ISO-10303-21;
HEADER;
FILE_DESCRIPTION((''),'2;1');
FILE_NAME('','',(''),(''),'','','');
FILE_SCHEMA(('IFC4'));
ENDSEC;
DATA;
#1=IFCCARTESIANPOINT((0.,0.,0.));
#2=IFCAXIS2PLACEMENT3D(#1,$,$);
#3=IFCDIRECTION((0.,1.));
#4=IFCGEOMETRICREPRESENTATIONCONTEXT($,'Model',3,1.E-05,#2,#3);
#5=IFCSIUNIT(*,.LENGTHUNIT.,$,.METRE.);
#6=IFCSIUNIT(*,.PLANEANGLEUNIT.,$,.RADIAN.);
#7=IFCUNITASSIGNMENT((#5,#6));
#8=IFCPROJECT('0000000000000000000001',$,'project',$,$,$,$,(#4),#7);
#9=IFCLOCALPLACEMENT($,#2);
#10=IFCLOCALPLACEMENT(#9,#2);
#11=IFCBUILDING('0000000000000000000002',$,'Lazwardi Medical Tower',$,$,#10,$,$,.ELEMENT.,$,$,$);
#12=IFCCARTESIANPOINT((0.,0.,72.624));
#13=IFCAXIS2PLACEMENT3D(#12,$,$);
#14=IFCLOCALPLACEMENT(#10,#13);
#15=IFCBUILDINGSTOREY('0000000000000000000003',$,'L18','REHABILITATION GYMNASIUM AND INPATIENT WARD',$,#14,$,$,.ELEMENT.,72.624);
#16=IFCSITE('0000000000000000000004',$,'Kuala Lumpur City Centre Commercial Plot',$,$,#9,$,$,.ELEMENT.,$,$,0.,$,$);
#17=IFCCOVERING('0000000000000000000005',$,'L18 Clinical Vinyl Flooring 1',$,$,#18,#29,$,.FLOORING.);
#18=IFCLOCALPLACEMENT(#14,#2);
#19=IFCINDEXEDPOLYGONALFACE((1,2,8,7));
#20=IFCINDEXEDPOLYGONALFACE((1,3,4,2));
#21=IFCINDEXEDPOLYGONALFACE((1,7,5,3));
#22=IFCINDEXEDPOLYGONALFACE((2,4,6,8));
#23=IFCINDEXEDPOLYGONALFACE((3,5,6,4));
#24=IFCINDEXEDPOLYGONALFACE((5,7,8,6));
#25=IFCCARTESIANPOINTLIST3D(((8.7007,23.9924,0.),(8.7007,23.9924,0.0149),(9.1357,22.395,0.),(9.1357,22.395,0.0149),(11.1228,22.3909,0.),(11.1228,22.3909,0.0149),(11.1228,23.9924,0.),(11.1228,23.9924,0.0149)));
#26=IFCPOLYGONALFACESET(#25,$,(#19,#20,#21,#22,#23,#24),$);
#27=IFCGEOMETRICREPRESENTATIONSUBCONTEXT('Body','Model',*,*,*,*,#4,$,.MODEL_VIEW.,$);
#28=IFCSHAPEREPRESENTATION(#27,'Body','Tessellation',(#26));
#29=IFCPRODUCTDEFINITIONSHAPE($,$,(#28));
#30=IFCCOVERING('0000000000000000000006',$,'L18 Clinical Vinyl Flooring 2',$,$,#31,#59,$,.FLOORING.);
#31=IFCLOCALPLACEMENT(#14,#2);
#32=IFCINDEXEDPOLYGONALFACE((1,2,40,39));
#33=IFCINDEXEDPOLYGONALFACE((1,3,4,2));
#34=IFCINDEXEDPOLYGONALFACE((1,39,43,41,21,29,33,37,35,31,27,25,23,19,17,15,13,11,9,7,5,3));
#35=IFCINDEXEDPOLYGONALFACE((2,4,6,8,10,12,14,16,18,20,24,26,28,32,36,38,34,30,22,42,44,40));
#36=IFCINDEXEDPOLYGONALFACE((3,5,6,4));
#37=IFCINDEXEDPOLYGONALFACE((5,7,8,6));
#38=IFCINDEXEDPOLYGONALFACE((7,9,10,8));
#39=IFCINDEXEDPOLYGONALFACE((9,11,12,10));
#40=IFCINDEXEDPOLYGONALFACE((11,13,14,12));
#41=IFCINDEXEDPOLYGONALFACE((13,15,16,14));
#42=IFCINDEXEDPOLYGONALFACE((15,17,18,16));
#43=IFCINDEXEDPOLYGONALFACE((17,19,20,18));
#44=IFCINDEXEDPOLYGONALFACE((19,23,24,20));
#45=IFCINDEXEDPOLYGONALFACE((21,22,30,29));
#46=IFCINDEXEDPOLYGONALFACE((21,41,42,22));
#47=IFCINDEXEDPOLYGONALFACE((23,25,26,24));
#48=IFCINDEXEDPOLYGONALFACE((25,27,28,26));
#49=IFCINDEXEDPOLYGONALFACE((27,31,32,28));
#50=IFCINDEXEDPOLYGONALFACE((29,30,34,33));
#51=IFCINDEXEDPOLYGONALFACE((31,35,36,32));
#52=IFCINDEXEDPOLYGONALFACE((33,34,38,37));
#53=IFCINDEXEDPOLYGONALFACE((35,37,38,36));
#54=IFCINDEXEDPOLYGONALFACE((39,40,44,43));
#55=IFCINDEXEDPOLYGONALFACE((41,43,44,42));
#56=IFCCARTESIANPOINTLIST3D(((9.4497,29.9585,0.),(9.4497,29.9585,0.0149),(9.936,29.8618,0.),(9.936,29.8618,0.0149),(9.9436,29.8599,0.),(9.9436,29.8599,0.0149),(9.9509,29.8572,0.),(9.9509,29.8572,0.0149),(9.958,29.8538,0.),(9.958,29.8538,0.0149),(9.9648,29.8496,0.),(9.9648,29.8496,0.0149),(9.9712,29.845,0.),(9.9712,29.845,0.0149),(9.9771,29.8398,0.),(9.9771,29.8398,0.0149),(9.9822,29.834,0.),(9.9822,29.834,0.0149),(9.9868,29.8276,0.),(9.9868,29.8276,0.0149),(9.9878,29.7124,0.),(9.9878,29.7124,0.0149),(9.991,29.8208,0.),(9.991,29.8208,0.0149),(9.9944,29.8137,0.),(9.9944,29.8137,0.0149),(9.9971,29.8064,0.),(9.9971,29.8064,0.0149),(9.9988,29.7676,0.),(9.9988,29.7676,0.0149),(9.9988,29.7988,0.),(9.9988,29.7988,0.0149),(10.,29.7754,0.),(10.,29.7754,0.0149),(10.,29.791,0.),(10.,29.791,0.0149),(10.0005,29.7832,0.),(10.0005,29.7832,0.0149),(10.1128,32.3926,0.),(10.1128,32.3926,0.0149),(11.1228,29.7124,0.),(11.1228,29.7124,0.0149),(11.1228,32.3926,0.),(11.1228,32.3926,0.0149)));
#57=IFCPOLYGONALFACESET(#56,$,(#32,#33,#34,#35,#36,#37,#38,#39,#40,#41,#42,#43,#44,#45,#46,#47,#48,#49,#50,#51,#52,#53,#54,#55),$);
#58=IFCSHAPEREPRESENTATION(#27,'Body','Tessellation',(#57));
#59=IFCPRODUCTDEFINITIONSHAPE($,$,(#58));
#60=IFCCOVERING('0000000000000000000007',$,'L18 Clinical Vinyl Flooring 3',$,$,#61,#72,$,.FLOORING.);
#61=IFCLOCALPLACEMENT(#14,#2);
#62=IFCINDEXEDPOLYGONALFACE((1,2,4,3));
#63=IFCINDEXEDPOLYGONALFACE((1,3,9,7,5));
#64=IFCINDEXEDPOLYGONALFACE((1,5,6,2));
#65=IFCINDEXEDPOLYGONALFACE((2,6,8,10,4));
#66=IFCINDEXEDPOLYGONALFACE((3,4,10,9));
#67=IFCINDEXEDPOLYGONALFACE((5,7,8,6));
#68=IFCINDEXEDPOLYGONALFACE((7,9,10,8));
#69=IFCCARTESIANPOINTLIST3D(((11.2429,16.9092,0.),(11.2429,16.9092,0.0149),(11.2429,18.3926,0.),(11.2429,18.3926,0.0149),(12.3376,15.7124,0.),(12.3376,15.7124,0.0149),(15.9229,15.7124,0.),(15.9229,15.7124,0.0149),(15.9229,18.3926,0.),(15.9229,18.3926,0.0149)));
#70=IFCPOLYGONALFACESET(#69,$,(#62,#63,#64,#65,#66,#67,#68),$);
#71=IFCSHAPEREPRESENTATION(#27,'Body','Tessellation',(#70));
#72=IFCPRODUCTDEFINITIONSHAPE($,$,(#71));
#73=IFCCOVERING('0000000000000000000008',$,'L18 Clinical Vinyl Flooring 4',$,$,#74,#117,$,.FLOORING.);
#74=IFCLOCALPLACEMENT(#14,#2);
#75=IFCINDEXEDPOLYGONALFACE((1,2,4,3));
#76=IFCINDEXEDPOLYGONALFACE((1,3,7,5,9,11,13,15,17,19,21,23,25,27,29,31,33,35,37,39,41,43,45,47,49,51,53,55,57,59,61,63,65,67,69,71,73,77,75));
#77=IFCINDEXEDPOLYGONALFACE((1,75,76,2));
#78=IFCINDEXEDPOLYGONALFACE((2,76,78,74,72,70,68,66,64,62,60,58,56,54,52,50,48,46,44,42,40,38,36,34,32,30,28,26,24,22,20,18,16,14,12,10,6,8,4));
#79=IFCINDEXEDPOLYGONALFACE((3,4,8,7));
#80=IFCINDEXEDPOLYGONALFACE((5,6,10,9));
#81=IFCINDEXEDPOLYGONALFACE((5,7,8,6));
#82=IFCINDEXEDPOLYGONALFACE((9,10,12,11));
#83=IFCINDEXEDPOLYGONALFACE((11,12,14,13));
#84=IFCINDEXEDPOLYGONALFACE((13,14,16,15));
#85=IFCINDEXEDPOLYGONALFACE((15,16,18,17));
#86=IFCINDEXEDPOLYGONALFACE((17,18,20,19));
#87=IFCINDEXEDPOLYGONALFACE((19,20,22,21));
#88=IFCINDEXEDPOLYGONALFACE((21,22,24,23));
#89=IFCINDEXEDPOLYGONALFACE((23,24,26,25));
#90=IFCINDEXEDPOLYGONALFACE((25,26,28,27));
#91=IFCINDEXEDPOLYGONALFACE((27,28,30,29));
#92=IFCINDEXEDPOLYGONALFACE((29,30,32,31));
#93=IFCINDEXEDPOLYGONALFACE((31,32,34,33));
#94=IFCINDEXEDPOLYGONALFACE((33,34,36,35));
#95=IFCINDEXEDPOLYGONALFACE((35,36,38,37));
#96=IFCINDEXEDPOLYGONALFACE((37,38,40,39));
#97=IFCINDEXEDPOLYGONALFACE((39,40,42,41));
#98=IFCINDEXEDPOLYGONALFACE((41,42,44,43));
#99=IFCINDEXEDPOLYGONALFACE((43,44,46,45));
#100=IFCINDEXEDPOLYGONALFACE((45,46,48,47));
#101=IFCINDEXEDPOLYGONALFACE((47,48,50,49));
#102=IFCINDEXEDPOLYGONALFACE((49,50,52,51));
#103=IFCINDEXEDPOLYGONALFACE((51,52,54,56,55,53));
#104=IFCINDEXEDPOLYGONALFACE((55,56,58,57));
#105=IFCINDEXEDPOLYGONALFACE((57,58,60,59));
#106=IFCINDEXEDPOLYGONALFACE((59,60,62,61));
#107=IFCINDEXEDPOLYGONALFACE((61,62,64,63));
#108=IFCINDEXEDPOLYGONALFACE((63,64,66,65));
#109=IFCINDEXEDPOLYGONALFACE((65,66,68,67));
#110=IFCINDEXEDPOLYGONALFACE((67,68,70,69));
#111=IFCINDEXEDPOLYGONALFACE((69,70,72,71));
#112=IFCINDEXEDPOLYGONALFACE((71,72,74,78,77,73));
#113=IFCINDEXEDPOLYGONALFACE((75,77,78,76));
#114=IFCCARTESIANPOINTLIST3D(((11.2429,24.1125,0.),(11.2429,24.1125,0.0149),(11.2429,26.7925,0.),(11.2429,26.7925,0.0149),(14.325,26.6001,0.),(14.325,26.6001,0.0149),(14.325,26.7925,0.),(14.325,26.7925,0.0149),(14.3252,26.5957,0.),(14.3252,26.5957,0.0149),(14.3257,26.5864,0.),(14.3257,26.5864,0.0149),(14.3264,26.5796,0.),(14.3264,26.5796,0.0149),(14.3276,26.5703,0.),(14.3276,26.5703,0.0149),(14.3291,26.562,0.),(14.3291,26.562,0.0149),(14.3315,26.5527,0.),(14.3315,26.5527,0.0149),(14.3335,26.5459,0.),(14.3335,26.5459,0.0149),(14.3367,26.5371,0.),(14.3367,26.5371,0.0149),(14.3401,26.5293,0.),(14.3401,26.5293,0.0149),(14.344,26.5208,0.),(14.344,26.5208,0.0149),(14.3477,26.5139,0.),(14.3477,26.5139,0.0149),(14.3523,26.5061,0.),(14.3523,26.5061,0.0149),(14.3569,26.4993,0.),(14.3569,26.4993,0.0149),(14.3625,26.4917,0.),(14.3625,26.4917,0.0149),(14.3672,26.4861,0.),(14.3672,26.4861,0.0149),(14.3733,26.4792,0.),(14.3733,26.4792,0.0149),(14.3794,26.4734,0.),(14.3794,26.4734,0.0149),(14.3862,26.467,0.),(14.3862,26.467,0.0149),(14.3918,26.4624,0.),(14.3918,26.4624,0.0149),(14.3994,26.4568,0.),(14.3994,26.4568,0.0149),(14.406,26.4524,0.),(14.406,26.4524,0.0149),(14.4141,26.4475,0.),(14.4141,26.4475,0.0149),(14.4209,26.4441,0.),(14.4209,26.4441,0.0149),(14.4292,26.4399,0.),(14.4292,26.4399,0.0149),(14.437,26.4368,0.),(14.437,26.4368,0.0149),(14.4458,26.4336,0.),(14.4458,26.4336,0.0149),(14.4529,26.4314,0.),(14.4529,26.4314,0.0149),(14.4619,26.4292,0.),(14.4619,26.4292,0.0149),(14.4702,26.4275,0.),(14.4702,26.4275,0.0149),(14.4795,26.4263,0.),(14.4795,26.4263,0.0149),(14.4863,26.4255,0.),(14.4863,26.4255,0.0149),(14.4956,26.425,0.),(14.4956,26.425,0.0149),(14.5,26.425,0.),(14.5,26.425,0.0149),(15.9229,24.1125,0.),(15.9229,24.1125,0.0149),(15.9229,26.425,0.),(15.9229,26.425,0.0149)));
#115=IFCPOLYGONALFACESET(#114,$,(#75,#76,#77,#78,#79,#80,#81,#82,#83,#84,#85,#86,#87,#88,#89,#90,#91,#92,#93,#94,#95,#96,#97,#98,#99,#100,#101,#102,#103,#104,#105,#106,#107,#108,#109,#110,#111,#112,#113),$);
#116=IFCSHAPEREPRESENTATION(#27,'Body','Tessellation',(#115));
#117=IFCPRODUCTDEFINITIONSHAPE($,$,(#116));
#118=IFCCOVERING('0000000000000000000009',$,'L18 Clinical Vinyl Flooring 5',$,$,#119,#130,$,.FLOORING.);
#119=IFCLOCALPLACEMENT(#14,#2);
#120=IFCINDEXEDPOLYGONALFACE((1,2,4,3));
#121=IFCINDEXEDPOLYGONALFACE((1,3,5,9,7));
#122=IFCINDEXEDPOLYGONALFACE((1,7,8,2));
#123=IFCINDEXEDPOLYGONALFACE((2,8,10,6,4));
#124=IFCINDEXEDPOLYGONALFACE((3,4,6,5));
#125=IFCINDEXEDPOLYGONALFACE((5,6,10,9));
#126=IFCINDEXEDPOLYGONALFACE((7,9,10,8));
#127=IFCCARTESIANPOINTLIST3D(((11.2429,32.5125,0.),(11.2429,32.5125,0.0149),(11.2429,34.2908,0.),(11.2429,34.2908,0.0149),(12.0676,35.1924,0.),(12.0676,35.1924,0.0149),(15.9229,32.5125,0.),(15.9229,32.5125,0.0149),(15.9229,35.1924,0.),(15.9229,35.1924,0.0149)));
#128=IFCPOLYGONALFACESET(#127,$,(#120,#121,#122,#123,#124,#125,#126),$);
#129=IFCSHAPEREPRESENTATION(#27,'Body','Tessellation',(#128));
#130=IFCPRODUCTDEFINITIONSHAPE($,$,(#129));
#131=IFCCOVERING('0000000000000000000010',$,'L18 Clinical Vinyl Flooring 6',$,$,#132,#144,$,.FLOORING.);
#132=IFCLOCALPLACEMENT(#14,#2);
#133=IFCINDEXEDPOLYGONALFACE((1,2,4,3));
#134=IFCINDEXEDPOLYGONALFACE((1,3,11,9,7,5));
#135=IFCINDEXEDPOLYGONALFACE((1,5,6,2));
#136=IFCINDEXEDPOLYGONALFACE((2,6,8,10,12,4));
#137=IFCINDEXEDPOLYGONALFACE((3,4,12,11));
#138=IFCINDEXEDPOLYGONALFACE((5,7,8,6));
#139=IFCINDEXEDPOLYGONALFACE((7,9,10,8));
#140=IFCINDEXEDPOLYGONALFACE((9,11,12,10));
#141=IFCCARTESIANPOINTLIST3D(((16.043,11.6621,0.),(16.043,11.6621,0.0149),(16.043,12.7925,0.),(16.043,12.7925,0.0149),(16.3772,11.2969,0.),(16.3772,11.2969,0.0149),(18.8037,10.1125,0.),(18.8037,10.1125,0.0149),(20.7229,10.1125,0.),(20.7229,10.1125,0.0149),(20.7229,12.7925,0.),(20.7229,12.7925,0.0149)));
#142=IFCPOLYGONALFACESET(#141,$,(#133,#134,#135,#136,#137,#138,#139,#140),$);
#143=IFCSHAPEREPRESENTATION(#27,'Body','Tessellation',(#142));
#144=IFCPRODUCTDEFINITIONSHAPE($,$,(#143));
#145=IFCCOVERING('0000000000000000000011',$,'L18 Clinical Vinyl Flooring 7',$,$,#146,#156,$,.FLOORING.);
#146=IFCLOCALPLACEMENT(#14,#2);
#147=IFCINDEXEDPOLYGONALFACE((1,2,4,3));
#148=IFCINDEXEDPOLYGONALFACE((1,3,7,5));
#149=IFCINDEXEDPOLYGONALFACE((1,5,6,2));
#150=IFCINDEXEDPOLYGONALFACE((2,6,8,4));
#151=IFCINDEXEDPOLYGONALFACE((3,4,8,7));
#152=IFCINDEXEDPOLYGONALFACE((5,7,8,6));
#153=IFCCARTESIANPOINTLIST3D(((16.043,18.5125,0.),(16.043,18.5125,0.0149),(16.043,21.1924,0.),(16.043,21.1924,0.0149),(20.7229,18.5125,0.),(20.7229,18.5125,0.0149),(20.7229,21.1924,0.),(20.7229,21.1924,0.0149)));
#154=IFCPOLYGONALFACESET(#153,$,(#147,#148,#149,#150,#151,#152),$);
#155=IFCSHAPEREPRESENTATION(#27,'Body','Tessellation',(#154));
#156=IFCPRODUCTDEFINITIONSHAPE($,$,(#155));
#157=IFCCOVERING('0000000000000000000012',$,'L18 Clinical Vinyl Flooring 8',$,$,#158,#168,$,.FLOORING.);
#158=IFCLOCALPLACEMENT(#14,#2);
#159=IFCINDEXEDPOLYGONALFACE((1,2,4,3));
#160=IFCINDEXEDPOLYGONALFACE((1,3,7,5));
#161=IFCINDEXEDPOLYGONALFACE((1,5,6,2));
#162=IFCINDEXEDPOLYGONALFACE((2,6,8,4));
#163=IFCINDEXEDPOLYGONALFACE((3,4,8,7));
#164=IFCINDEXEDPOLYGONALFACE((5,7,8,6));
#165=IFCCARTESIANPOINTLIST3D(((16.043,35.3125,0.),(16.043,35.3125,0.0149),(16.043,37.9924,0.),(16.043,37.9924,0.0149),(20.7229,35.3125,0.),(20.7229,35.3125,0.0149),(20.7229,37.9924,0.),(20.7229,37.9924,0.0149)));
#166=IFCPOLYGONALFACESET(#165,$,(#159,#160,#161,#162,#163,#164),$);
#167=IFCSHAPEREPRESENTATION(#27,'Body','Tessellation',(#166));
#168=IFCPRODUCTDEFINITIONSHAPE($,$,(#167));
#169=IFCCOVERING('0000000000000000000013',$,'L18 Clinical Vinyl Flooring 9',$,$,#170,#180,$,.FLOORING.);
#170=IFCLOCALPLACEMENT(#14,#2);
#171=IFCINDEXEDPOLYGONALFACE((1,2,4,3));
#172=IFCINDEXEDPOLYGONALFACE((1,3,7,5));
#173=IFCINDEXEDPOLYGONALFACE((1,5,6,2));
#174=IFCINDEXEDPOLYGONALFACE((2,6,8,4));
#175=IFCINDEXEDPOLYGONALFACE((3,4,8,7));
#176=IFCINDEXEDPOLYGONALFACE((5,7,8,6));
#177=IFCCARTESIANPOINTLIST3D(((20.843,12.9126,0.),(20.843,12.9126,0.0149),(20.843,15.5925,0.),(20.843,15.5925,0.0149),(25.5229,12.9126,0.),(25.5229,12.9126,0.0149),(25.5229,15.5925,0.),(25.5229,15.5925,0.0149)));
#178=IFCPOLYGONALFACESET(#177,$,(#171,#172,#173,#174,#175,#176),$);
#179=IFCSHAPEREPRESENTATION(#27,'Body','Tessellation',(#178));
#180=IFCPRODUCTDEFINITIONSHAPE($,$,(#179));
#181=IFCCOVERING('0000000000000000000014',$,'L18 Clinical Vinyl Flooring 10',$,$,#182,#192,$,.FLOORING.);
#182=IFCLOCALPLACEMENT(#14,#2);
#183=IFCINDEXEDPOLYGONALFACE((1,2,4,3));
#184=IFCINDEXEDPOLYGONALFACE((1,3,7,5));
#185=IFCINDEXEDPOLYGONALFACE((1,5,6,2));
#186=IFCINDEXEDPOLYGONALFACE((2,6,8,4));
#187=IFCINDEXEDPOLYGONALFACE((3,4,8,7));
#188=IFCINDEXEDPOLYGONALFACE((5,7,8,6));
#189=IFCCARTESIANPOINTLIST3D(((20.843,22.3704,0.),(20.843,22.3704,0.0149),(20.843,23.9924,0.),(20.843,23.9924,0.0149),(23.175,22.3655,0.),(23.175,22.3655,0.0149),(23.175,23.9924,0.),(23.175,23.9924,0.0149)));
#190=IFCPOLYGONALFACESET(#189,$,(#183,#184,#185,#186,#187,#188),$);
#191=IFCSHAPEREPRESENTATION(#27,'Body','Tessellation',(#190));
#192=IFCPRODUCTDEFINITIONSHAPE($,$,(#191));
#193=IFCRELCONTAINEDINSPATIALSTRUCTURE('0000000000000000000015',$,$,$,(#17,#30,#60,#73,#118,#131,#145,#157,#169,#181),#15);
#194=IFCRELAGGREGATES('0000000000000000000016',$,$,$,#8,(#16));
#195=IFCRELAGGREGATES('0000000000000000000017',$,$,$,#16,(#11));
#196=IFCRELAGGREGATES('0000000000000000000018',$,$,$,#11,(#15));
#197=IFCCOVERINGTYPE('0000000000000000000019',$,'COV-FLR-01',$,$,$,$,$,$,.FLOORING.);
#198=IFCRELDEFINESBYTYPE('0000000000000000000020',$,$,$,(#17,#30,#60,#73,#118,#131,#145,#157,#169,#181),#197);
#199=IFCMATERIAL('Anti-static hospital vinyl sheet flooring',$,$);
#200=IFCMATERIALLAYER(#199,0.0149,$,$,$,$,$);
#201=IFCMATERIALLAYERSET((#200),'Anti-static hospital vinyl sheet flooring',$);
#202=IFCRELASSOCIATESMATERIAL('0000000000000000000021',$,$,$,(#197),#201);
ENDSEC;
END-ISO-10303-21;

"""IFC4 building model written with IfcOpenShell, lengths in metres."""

from ifc_helpers import new_model, si_unit, direction, frame, origin, place, context, subcontext, project, spatial, polyline, outline, extrude, material, layer, layer_set, type_object, element, save


model = new_model("IFC4")

# Units and contexts
model_context = context("Model", 3, precision=1e-05, world=origin(), true_north=direction((0.0, 1.0)))
body_context = subcontext(model_context, "Body", "Model", "MODEL_VIEW")
ifc_project = project(units=[si_unit("LENGTHUNIT", "METRE"), si_unit("PLANEANGLEUNIT", "RADIAN")], contexts=[model_context])

# Site, building, storey
site_placement = place(None, origin())
site = spatial("IfcSite", under=ifc_project, at=site_placement, Name="Kuala Lumpur City Centre Commercial Plot", CompositionType="ELEMENT", RefElevation=0.0)
building_placement = place(site_placement, origin())
building = spatial("IfcBuilding", under=site, at=building_placement, Name="Lazwardi Medical Tower", CompositionType="ELEMENT")
storey_placement = place(building_placement, frame((0.0, 0.0, 72.624)))
storey = spatial("IfcBuildingStorey", under=building, at=storey_placement, Name="L18", Description="REHABILITATION GYMNASIUM AND INPATIENT WARD", CompositionType="ELEMENT", Elevation=72.624)

# Coverings
ifc_material_1 = material(Name="Anti-static hospital vinyl sheet flooring")
ifc_layer_1 = layer(ifc_material_1, 0.0149)
ifc_layer_set_1 = layer_set([ifc_layer_1], Name="Anti-static hospital vinyl sheet flooring")
covering_type_1 = type_object("IfcCoveringType", Name="COV-FLR-01", PredefinedType="FLOORING", material=ifc_layer_set_1)
covering_1_placement = place(storey_placement, origin())
element("IfcCovering", 1, at=covering_1_placement, inside=storey, type_object=covering_type_1, Name="L18 Clinical Vinyl Flooring 1", PredefinedType="FLOORING", context=body_context, shape_type="SweptSolid", body=[
    extrude(outline(polyline([(8.7007, 23.9924), (9.1357, 22.395), (11.1228, 22.3909), (11.1228, 23.9924), (8.7007, 23.9924)])), origin(), (0.0, 0.0, 1.0), 0.0149),
])
covering_2_placement = place(storey_placement, origin())
element("IfcCovering", 2, at=covering_2_placement, inside=storey, type_object=covering_type_1, Name="L18 Clinical Vinyl Flooring 2", PredefinedType="FLOORING", context=body_context, shape_type="SweptSolid", body=[
    extrude(outline(polyline([(10.1128, 32.3926), (9.4497, 29.9585), (9.936, 29.8618), (9.9436, 29.8599), (9.9509, 29.8572), (9.958, 29.8538), (9.9648, 29.8496), (9.9712, 29.845), (9.9771, 29.8398), (9.9822, 29.834), (9.9868, 29.8276), (9.991, 29.8208), (9.9944, 29.8137), (9.9971, 29.8064), (9.9988, 29.7988), (10.0, 29.791), (10.0005, 29.7832), (10.0, 29.7754), (9.9988, 29.7676), (9.9878, 29.7124), (11.1228, 29.7124), (11.1228, 32.3926), (10.1128, 32.3926)])), origin(), (0.0, 0.0, 1.0), 0.0149),
])
covering_3_placement = place(storey_placement, origin())
element("IfcCovering", 3, at=covering_3_placement, inside=storey, type_object=covering_type_1, Name="L18 Clinical Vinyl Flooring 3", PredefinedType="FLOORING", context=body_context, shape_type="SweptSolid", body=[
    extrude(outline(polyline([(11.2429, 16.9092), (12.3376, 15.7124), (15.9229, 15.7124), (15.9229, 18.3926), (11.2429, 18.3926), (11.2429, 16.9092)])), origin(), (0.0, 0.0, 1.0), 0.0149),
])
covering_4_placement = place(storey_placement, origin())
element("IfcCovering", 4, at=covering_4_placement, inside=storey, type_object=covering_type_1, Name="L18 Clinical Vinyl Flooring 4", PredefinedType="FLOORING", context=body_context, shape_type="SweptSolid", body=[
    extrude(outline(polyline([(15.9229, 26.425), (14.5, 26.425), (14.4956, 26.425), (14.4863, 26.4255), (14.4795, 26.4263), (14.4702, 26.4275), (14.4619, 26.4292), (14.4529, 26.4314), (14.4458, 26.4336), (14.437, 26.4368), (14.4292, 26.4399), (14.4209, 26.4441), (14.4141, 26.4475), (14.406, 26.4524), (14.3994, 26.4568), (14.3918, 26.4624), (14.3862, 26.467), (14.3794, 26.4734), (14.3733, 26.4792), (14.3672, 26.4861), (14.3625, 26.4917), (14.3569, 26.4993), (14.3523, 26.5061), (14.3477, 26.5139), (14.344, 26.5208), (14.3401, 26.5293), (14.3367, 26.5371), (14.3335, 26.5459), (14.3315, 26.5527), (14.3291, 26.562), (14.3276, 26.5703), (14.3264, 26.5796), (14.3257, 26.5864), (14.3252, 26.5957), (14.325, 26.6001), (14.325, 26.7925), (11.2429, 26.7925), (11.2429, 24.1125), (15.9229, 24.1125), (15.9229, 26.425)])), origin(), (0.0, 0.0, 1.0), 0.0149),
])
covering_5_placement = place(storey_placement, origin())
element("IfcCovering", 5, at=covering_5_placement, inside=storey, type_object=covering_type_1, Name="L18 Clinical Vinyl Flooring 5", PredefinedType="FLOORING", context=body_context, shape_type="SweptSolid", body=[
    extrude(outline(polyline([(12.0676, 35.1924), (11.2429, 34.2908), (11.2429, 32.5125), (15.9229, 32.5125), (15.9229, 35.1924), (12.0676, 35.1924)])), origin(), (0.0, 0.0, 1.0), 0.0149),
])
covering_6_placement = place(storey_placement, origin())
element("IfcCovering", 6, at=covering_6_placement, inside=storey, type_object=covering_type_1, Name="L18 Clinical Vinyl Flooring 6", PredefinedType="FLOORING", context=body_context, shape_type="SweptSolid", body=[
    extrude(outline(polyline([(16.043, 11.6621), (16.3772, 11.2969), (18.8037, 10.1125), (20.7229, 10.1125), (20.7229, 12.7925), (16.043, 12.7925), (16.043, 11.6621)])), origin(), (0.0, 0.0, 1.0), 0.0149),
])
covering_7_placement = place(storey_placement, origin())
element("IfcCovering", 7, at=covering_7_placement, inside=storey, type_object=covering_type_1, Name="L18 Clinical Vinyl Flooring 7", PredefinedType="FLOORING", context=body_context, shape_type="SweptSolid", body=[
    extrude(outline(polyline([(20.7229, 18.5125), (20.7229, 21.1924), (16.043, 21.1924), (16.043, 18.5125), (20.7229, 18.5125)])), origin(), (0.0, 0.0, 1.0), 0.0149),
])
covering_8_placement = place(storey_placement, origin())
element("IfcCovering", 8, at=covering_8_placement, inside=storey, type_object=covering_type_1, Name="L18 Clinical Vinyl Flooring 8", PredefinedType="FLOORING", context=body_context, shape_type="SweptSolid", body=[
    extrude(outline(polyline([(20.7229, 35.3125), (20.7229, 37.9924), (16.043, 37.9924), (16.043, 35.3125), (20.7229, 35.3125)])), origin(), (0.0, 0.0, 1.0), 0.0149),
])
covering_9_placement = place(storey_placement, origin())
element("IfcCovering", 9, at=covering_9_placement, inside=storey, type_object=covering_type_1, Name="L18 Clinical Vinyl Flooring 9", PredefinedType="FLOORING", context=body_context, shape_type="SweptSolid", body=[
    extrude(outline(polyline([(25.5229, 12.9126), (25.5229, 15.5925), (20.843, 15.5925), (20.843, 12.9126), (25.5229, 12.9126)])), origin(), (0.0, 0.0, 1.0), 0.0149),
])
covering_10_placement = place(storey_placement, origin())
element("IfcCovering", 10, at=covering_10_placement, inside=storey, type_object=covering_type_1, Name="L18 Clinical Vinyl Flooring 10", PredefinedType="FLOORING", context=body_context, shape_type="SweptSolid", body=[
    extrude(outline(polyline([(20.843, 22.3704), (23.175, 22.3655), (23.175, 23.9924), (20.843, 23.9924), (20.843, 22.3704)])), origin(), (0.0, 0.0, 1.0), 0.0149),
])

save(model, "model.ifc")
